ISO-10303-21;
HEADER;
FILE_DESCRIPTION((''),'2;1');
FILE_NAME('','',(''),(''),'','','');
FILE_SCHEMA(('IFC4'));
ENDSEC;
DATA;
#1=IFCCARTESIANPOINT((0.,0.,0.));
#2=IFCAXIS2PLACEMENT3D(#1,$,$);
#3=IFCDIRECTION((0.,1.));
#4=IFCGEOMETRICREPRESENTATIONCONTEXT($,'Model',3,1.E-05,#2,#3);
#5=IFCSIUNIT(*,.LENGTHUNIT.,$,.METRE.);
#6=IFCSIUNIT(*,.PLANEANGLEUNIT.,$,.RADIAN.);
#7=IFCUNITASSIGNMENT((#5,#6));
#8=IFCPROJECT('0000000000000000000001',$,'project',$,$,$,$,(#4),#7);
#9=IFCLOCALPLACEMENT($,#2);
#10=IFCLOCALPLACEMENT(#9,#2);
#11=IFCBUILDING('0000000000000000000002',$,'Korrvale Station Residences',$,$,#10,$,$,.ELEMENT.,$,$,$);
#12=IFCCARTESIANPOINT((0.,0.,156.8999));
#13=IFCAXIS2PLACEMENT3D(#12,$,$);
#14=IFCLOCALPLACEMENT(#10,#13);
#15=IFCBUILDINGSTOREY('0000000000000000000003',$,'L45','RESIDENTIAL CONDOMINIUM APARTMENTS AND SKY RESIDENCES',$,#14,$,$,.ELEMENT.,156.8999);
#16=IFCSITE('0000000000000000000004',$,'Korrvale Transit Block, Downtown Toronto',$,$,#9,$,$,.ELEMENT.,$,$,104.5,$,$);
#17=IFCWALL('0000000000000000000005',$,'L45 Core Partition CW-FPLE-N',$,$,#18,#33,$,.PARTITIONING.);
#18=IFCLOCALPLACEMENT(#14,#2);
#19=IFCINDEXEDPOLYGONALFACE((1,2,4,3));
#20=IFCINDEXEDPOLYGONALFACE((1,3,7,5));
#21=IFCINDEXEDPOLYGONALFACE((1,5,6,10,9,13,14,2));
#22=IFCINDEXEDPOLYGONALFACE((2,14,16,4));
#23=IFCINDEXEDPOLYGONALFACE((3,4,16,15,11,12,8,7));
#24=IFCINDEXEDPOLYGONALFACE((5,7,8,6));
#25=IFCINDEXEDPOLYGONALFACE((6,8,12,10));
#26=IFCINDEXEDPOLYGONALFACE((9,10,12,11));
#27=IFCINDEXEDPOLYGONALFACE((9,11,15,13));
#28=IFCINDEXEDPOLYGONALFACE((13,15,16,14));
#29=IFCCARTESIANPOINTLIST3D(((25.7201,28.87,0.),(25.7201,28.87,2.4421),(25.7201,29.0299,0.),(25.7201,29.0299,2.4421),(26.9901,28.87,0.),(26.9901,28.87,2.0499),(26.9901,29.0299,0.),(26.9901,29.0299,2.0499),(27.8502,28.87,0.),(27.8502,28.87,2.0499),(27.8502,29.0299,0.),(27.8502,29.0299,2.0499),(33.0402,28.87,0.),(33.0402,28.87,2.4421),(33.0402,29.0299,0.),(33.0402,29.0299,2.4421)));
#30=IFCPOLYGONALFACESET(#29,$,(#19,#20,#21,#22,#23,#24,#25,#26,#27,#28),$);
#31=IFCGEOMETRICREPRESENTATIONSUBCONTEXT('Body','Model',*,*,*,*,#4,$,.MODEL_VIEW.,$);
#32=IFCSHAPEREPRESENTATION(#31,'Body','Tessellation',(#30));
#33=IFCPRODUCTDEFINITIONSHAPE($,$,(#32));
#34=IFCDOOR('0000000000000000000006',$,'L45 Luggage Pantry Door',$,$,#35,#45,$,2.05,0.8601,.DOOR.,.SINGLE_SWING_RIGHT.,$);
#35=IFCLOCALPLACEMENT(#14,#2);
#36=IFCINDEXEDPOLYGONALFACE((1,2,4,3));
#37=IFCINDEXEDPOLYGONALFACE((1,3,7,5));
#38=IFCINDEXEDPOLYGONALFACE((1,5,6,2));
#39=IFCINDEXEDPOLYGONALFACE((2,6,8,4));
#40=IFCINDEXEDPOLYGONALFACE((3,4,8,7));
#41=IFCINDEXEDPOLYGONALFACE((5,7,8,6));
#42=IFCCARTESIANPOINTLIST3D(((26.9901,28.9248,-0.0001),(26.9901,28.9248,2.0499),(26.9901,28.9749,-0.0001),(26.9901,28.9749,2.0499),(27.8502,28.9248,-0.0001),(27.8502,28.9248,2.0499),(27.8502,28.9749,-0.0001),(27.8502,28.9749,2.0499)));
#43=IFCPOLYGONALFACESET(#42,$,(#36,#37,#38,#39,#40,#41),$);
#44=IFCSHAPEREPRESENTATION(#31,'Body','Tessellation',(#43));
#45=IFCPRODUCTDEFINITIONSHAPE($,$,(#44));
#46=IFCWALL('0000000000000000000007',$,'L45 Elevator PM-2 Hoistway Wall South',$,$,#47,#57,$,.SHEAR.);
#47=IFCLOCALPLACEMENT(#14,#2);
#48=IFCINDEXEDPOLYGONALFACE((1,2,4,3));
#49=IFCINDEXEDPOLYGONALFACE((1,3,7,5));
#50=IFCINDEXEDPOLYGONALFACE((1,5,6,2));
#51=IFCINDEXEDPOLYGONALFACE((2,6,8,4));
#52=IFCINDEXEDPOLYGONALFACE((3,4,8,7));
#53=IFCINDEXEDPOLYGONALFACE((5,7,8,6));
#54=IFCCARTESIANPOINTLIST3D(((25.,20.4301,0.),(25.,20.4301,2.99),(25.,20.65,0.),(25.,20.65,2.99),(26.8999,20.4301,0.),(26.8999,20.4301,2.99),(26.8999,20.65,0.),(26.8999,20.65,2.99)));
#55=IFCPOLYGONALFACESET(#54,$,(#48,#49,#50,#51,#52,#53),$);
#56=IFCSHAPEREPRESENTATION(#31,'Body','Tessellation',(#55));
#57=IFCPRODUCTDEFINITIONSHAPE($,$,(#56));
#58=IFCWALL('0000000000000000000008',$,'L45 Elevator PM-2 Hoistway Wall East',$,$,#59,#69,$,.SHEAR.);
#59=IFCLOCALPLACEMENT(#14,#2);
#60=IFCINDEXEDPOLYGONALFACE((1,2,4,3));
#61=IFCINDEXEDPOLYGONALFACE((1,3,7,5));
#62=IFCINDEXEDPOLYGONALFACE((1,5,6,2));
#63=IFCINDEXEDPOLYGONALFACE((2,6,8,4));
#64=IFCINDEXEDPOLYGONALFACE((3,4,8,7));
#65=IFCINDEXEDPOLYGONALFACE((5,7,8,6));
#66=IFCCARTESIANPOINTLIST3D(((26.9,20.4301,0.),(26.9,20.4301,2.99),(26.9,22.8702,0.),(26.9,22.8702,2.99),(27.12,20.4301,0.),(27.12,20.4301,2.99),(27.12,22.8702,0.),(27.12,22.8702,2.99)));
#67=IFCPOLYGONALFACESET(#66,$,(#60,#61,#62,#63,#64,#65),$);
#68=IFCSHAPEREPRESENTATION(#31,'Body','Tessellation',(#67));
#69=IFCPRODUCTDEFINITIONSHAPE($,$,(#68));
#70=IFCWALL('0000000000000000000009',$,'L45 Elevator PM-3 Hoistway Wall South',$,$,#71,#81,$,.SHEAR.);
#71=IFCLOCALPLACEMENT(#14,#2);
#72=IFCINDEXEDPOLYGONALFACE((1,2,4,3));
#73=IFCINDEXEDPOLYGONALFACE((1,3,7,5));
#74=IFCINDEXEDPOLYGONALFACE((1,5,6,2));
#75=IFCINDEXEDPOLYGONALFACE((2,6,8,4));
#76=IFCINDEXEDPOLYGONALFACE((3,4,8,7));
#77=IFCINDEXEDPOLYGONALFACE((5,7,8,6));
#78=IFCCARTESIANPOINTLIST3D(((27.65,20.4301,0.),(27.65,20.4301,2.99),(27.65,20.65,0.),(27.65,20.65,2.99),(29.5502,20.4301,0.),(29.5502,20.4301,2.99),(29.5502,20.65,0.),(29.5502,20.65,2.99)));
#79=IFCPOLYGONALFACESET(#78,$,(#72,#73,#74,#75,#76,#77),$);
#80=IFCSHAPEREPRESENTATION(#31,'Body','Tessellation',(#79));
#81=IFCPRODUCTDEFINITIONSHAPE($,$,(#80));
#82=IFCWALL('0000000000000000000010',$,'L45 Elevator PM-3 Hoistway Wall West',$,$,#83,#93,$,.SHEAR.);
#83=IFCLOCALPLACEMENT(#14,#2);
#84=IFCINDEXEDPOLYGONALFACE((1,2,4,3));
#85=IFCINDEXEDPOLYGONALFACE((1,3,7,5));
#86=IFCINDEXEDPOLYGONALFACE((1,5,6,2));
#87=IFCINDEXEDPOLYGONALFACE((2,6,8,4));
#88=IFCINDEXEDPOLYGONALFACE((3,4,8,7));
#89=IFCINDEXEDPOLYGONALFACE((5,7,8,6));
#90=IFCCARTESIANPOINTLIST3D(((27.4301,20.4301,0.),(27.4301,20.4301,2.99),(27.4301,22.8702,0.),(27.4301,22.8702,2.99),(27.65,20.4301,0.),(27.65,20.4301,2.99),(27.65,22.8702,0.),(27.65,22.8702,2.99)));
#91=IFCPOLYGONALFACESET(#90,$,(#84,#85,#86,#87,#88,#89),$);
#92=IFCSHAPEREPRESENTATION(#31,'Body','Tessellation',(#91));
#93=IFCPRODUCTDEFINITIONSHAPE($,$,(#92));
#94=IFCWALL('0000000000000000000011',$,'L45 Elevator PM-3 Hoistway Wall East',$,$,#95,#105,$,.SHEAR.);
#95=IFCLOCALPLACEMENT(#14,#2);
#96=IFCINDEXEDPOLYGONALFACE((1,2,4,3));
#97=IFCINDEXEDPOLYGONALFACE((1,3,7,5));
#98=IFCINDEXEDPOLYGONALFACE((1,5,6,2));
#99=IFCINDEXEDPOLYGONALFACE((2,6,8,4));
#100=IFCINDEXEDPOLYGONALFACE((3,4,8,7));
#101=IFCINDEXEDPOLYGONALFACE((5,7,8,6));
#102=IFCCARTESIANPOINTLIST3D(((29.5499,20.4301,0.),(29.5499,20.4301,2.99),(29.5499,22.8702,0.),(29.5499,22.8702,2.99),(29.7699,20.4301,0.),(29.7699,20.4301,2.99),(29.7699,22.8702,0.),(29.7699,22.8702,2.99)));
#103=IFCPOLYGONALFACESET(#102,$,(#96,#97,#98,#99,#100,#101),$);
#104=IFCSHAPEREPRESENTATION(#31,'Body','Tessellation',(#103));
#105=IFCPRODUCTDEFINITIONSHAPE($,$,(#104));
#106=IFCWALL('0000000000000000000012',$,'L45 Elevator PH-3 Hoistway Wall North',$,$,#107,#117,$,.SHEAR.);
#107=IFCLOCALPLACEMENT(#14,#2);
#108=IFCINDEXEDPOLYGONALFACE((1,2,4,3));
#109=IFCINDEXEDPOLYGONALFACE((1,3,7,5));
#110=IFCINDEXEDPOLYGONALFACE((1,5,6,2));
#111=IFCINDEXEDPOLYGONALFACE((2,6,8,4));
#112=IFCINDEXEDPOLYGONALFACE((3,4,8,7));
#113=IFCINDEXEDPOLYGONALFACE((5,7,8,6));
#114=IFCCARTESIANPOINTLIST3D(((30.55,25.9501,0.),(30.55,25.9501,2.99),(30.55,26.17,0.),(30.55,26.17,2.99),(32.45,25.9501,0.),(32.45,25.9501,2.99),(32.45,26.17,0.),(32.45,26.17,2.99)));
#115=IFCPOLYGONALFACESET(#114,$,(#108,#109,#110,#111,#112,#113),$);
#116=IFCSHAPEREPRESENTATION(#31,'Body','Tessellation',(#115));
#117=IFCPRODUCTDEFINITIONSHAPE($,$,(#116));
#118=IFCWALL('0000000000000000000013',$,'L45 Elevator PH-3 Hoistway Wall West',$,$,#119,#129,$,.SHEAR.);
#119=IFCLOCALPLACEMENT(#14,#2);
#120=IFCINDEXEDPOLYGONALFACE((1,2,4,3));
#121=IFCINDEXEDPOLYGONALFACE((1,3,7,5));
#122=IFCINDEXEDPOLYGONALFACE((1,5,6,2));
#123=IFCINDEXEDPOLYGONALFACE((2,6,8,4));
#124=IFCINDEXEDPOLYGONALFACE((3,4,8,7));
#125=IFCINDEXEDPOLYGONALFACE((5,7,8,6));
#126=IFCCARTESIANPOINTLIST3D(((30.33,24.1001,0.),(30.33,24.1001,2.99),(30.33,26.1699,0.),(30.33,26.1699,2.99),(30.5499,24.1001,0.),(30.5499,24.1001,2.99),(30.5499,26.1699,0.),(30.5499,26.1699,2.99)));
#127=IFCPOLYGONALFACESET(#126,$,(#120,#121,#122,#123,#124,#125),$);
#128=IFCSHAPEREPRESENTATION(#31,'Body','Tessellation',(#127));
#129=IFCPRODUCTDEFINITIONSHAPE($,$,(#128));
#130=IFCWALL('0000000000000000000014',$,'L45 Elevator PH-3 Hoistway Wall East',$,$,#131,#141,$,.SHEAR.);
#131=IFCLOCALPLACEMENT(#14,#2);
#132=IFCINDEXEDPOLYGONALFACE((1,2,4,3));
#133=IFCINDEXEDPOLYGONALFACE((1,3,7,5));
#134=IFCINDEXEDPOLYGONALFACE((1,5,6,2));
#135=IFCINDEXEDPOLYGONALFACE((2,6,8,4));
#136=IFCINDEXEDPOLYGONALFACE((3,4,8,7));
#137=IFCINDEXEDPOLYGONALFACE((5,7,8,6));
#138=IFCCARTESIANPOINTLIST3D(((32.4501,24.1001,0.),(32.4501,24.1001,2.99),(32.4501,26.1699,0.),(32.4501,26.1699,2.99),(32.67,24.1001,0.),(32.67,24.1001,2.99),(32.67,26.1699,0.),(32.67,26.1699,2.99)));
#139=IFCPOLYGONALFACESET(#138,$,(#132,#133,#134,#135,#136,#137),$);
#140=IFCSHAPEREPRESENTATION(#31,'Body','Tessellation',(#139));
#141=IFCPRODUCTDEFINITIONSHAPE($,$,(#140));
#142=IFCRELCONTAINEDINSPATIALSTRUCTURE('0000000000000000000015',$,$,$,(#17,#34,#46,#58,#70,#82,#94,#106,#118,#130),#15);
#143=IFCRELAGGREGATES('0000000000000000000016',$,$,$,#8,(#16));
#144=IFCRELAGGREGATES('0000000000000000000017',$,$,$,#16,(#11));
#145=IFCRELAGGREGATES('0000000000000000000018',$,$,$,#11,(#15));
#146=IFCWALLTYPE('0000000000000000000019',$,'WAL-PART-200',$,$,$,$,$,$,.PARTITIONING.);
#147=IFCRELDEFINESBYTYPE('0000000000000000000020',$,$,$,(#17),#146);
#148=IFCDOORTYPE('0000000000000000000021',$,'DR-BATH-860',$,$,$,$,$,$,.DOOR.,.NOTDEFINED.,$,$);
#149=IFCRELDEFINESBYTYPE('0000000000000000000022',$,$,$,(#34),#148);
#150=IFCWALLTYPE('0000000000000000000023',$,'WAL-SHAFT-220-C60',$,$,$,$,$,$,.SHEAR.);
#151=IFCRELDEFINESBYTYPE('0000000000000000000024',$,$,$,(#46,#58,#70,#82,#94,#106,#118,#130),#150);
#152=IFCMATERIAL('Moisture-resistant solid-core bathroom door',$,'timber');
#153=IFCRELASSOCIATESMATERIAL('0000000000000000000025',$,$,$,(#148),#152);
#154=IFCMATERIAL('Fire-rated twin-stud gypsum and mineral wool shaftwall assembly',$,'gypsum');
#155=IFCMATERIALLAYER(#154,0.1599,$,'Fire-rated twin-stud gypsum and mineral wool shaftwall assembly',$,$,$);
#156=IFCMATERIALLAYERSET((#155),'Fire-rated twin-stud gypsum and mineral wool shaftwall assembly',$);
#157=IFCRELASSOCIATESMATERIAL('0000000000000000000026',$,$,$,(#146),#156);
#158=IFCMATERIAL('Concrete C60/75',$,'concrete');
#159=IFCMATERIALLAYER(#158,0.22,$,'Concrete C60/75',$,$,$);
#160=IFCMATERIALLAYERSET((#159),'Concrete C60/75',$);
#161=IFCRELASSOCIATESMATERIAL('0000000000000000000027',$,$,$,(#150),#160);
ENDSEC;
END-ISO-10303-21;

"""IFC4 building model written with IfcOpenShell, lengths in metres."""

from ifc_helpers import new_model, si_unit, direction, frame, frame_2d, origin, place, context, subcontext, project, spatial, rectangle, extrude, material, layer, layer_set, type_object, element, fill, save


model = new_model("IFC4")

# Units and contexts
model_context = context("Model", 3, precision=1e-05, world=origin(), true_north=direction((0.0, 1.0)))
body_context = subcontext(model_context, "Body", "Model", "MODEL_VIEW")
ifc_project = project(units=[si_unit("LENGTHUNIT", "METRE"), si_unit("PLANEANGLEUNIT", "RADIAN")], contexts=[model_context])

# Site, building, storey
site_placement = place(None, origin())
site = spatial("IfcSite", under=ifc_project, at=site_placement, Name="Korrvale Transit Block, Downtown Toronto", CompositionType="ELEMENT", RefElevation=104.5)
building_placement = place(site_placement, origin())
building = spatial("IfcBuilding", under=site, at=building_placement, Name="Korrvale Station Residences", CompositionType="ELEMENT")
storey_placement = place(building_placement, frame((0.0, 0.0, 156.8999)))
storey = spatial("IfcBuildingStorey", under=building, at=storey_placement, Name="L45", Description="RESIDENTIAL CONDOMINIUM APARTMENTS AND SKY RESIDENCES", CompositionType="ELEMENT", Elevation=156.8999)

# Shared definitions
ifc_material_1 = material(Name="Concrete C60/75", Category="concrete")

# Shared definitions
ifc_material_2 = material(Name="Moisture-resistant solid-core bathroom door", Category="timber")
door_type_1 = type_object("IfcDoorType", Name="DR-BATH-860", OperationType="NOTDEFINED", PredefinedType="DOOR", material=ifc_material_2)

# Wall, opening, door
ifc_material_3 = material(Name="Fire-rated twin-stud gypsum and mineral wool shaftwall assembly", Category="gypsum")
ifc_layer_1 = layer(ifc_material_3, 0.1599, Name="Fire-rated twin-stud gypsum and mineral wool shaftwall assembly")
ifc_layer_set_1 = layer_set([ifc_layer_1], Name="Fire-rated twin-stud gypsum and mineral wool shaftwall assembly")
wall_type_1 = type_object("IfcWallType", Name="WAL-PART-200", PredefinedType="PARTITIONING", material=ifc_layer_set_1)
wall_1_placement = place(storey_placement, frame((25.72, 28.95, 0.0), z_axis=(0.0, 0.0, 1.0), x_axis=(1.0, 0.0, 0.0)))
wall_1 = element("IfcWall", 1, at=wall_1_placement, inside=storey, type_object=wall_type_1, Name="L45 Core Partition CW-FPLE-N", PredefinedType="PARTITIONING", context=body_context, shape_type="SweptSolid", body=[
    extrude(rectangle(XDim=7.3201, YDim=0.1599, at=frame_2d((3.6602, 0.0))), origin(), (0.0, 0.0, 1.0), 2.4421),
])
opening_1_placement = place(wall_1_placement, frame((1.27, 0.0, 0.0)))
opening_1 = element("IfcOpeningElement", 2, at=opening_1_placement, cuts=wall_1, PredefinedType="OPENING", context=body_context, shape_type="SweptSolid", body=[
    extrude(rectangle(XDim=0.8601, YDim=2.05, at=frame_2d((0.4302, 1.0249))), frame((0.0, 0.0898, 0.0), z_axis=(0.0, -1.0, 0.0), x_axis=(1.0, 0.0, 0.0)), (0.0, 0.0, 1.0), 0.1799),
])
door_1_placement = place(opening_1_placement, origin())
door_1 = element("IfcDoor", 3, at=door_1_placement, inside=storey, type_object=door_type_1, Name="L45 Luggage Pantry Door", OperationType="SINGLE_SWING_RIGHT", OverallHeight=2.05, OverallWidth=0.8601, PredefinedType="DOOR", context=body_context, shape_type="SweptSolid", body=[
    extrude(rectangle(XDim=0.8601, YDim=2.05, at=frame_2d((0.4302, 1.0249))), frame((0.0, 0.0249, 0.0), z_axis=(0.0, -1.0, 0.0), x_axis=(1.0, 0.0, 0.0)), (0.0, 0.0, 1.0), 0.05),
])
fill(opening_1, door_1)

# Wall
ifc_layer_2 = layer(ifc_material_1, 0.22, Name="Concrete C60/75")
ifc_layer_set_2 = layer_set([ifc_layer_2], Name="Concrete C60/75")
wall_type_2 = type_object("IfcWallType", Name="WAL-SHAFT-220-C60", PredefinedType="SHEAR", material=ifc_layer_set_2)
wall_2_placement = place(storey_placement, frame((25.0, 20.54, 0.0), z_axis=(0.0, 0.0, 1.0), x_axis=(1.0, 0.0, 0.0)))
element("IfcWall", 4, at=wall_2_placement, inside=storey, type_object=wall_type_2, Name="L45 Elevator PM-2 Hoistway Wall South", PredefinedType="SHEAR", context=body_context, shape_type="SweptSolid", body=[
    extrude(rectangle(XDim=1.8999, YDim=0.22, at=frame_2d((0.95, 0.0))), origin(), (0.0, 0.0, 1.0), 2.99),
])

# Walls
wall_3_placement = place(storey_placement, frame((27.01, 20.4299, 0.0), z_axis=(0.0, 0.0, 1.0), x_axis=(0.0, 1.0, 0.0)))
element("IfcWall", 5, at=wall_3_placement, inside=storey, type_object=wall_type_2, Name="L45 Elevator PM-2 Hoistway Wall East", PredefinedType="SHEAR", context=body_context, shape_type="SweptSolid", body=[
    extrude(rectangle(XDim=2.4402, YDim=0.22, at=frame_2d((1.2202, 0.0))), origin(), (0.0, 0.0, 1.0), 2.99),
])
wall_4_placement = place(storey_placement, frame((27.6499, 20.54, 0.0), z_axis=(0.0, 0.0, 1.0), x_axis=(1.0, 0.0, 0.0)))
element("IfcWall", 6, at=wall_4_placement, inside=storey, type_object=wall_type_2, Name="L45 Elevator PM-3 Hoistway Wall South", PredefinedType="SHEAR", context=body_context, shape_type="SweptSolid", body=[
    extrude(rectangle(XDim=1.9001, YDim=0.22, at=frame_2d((0.9502, 0.0))), origin(), (0.0, 0.0, 1.0), 2.99),
])

# Walls
for number, where, z_axis, x_axis, name in (
    (7, (27.54, 20.4299, 0.0), (0.0, 0.0, 1.0), (0.0, 1.0, 0.0), "L45 Elevator PM-3 Hoistway Wall West"),
    (8, (29.6599, 20.4299, 0.0), (0.0, 0.0, 1.0), (0.0, 1.0, 0.0), "L45 Elevator PM-3 Hoistway Wall East"),
):
    element("IfcWall", number, at=place(storey_placement, frame(where, z_axis=z_axis, x_axis=x_axis)), inside=storey, type_object=wall_type_2, Name=name, PredefinedType="SHEAR", context=body_context, shape_type="SweptSolid", body=[
        extrude(rectangle(XDim=2.4402, YDim=0.22, at=frame_2d((1.2202, 0.0))), origin(), (0.0, 0.0, 1.0), 2.99),
    ])
wall_5_placement = place(storey_placement, frame((30.55, 26.0601, 0.0), z_axis=(0.0, 0.0, 1.0), x_axis=(1.0, 0.0, 0.0)))
element("IfcWall", 9, at=wall_5_placement, inside=storey, type_object=wall_type_2, Name="L45 Elevator PH-3 Hoistway Wall North", PredefinedType="SHEAR", context=body_context, shape_type="SweptSolid", body=[
    extrude(rectangle(XDim=1.8999, YDim=0.22, at=frame_2d((0.95, 0.0))), origin(), (0.0, 0.0, 1.0), 2.99),
])
for number, where, z_axis, x_axis, name in (
    (10, (30.4399, 24.1001, 0.0), (0.0, 0.0, 1.0), (0.0, 1.0, 0.0), "L45 Elevator PH-3 Hoistway Wall West"),
    (11, (32.5601, 24.1001, 0.0), (0.0, 0.0, 1.0), (0.0, 1.0, 0.0), "L45 Elevator PH-3 Hoistway Wall East"),
):
    element("IfcWall", number, at=place(storey_placement, frame(where, z_axis=z_axis, x_axis=x_axis)), inside=storey, type_object=wall_type_2, Name=name, PredefinedType="SHEAR", context=body_context, shape_type="SweptSolid", body=[
        extrude(rectangle(XDim=2.0698, YDim=0.22, at=frame_2d((1.0349, 0.0))), origin(), (0.0, 0.0, 1.0), 2.99),
    ])

save(model, "model.ifc")
